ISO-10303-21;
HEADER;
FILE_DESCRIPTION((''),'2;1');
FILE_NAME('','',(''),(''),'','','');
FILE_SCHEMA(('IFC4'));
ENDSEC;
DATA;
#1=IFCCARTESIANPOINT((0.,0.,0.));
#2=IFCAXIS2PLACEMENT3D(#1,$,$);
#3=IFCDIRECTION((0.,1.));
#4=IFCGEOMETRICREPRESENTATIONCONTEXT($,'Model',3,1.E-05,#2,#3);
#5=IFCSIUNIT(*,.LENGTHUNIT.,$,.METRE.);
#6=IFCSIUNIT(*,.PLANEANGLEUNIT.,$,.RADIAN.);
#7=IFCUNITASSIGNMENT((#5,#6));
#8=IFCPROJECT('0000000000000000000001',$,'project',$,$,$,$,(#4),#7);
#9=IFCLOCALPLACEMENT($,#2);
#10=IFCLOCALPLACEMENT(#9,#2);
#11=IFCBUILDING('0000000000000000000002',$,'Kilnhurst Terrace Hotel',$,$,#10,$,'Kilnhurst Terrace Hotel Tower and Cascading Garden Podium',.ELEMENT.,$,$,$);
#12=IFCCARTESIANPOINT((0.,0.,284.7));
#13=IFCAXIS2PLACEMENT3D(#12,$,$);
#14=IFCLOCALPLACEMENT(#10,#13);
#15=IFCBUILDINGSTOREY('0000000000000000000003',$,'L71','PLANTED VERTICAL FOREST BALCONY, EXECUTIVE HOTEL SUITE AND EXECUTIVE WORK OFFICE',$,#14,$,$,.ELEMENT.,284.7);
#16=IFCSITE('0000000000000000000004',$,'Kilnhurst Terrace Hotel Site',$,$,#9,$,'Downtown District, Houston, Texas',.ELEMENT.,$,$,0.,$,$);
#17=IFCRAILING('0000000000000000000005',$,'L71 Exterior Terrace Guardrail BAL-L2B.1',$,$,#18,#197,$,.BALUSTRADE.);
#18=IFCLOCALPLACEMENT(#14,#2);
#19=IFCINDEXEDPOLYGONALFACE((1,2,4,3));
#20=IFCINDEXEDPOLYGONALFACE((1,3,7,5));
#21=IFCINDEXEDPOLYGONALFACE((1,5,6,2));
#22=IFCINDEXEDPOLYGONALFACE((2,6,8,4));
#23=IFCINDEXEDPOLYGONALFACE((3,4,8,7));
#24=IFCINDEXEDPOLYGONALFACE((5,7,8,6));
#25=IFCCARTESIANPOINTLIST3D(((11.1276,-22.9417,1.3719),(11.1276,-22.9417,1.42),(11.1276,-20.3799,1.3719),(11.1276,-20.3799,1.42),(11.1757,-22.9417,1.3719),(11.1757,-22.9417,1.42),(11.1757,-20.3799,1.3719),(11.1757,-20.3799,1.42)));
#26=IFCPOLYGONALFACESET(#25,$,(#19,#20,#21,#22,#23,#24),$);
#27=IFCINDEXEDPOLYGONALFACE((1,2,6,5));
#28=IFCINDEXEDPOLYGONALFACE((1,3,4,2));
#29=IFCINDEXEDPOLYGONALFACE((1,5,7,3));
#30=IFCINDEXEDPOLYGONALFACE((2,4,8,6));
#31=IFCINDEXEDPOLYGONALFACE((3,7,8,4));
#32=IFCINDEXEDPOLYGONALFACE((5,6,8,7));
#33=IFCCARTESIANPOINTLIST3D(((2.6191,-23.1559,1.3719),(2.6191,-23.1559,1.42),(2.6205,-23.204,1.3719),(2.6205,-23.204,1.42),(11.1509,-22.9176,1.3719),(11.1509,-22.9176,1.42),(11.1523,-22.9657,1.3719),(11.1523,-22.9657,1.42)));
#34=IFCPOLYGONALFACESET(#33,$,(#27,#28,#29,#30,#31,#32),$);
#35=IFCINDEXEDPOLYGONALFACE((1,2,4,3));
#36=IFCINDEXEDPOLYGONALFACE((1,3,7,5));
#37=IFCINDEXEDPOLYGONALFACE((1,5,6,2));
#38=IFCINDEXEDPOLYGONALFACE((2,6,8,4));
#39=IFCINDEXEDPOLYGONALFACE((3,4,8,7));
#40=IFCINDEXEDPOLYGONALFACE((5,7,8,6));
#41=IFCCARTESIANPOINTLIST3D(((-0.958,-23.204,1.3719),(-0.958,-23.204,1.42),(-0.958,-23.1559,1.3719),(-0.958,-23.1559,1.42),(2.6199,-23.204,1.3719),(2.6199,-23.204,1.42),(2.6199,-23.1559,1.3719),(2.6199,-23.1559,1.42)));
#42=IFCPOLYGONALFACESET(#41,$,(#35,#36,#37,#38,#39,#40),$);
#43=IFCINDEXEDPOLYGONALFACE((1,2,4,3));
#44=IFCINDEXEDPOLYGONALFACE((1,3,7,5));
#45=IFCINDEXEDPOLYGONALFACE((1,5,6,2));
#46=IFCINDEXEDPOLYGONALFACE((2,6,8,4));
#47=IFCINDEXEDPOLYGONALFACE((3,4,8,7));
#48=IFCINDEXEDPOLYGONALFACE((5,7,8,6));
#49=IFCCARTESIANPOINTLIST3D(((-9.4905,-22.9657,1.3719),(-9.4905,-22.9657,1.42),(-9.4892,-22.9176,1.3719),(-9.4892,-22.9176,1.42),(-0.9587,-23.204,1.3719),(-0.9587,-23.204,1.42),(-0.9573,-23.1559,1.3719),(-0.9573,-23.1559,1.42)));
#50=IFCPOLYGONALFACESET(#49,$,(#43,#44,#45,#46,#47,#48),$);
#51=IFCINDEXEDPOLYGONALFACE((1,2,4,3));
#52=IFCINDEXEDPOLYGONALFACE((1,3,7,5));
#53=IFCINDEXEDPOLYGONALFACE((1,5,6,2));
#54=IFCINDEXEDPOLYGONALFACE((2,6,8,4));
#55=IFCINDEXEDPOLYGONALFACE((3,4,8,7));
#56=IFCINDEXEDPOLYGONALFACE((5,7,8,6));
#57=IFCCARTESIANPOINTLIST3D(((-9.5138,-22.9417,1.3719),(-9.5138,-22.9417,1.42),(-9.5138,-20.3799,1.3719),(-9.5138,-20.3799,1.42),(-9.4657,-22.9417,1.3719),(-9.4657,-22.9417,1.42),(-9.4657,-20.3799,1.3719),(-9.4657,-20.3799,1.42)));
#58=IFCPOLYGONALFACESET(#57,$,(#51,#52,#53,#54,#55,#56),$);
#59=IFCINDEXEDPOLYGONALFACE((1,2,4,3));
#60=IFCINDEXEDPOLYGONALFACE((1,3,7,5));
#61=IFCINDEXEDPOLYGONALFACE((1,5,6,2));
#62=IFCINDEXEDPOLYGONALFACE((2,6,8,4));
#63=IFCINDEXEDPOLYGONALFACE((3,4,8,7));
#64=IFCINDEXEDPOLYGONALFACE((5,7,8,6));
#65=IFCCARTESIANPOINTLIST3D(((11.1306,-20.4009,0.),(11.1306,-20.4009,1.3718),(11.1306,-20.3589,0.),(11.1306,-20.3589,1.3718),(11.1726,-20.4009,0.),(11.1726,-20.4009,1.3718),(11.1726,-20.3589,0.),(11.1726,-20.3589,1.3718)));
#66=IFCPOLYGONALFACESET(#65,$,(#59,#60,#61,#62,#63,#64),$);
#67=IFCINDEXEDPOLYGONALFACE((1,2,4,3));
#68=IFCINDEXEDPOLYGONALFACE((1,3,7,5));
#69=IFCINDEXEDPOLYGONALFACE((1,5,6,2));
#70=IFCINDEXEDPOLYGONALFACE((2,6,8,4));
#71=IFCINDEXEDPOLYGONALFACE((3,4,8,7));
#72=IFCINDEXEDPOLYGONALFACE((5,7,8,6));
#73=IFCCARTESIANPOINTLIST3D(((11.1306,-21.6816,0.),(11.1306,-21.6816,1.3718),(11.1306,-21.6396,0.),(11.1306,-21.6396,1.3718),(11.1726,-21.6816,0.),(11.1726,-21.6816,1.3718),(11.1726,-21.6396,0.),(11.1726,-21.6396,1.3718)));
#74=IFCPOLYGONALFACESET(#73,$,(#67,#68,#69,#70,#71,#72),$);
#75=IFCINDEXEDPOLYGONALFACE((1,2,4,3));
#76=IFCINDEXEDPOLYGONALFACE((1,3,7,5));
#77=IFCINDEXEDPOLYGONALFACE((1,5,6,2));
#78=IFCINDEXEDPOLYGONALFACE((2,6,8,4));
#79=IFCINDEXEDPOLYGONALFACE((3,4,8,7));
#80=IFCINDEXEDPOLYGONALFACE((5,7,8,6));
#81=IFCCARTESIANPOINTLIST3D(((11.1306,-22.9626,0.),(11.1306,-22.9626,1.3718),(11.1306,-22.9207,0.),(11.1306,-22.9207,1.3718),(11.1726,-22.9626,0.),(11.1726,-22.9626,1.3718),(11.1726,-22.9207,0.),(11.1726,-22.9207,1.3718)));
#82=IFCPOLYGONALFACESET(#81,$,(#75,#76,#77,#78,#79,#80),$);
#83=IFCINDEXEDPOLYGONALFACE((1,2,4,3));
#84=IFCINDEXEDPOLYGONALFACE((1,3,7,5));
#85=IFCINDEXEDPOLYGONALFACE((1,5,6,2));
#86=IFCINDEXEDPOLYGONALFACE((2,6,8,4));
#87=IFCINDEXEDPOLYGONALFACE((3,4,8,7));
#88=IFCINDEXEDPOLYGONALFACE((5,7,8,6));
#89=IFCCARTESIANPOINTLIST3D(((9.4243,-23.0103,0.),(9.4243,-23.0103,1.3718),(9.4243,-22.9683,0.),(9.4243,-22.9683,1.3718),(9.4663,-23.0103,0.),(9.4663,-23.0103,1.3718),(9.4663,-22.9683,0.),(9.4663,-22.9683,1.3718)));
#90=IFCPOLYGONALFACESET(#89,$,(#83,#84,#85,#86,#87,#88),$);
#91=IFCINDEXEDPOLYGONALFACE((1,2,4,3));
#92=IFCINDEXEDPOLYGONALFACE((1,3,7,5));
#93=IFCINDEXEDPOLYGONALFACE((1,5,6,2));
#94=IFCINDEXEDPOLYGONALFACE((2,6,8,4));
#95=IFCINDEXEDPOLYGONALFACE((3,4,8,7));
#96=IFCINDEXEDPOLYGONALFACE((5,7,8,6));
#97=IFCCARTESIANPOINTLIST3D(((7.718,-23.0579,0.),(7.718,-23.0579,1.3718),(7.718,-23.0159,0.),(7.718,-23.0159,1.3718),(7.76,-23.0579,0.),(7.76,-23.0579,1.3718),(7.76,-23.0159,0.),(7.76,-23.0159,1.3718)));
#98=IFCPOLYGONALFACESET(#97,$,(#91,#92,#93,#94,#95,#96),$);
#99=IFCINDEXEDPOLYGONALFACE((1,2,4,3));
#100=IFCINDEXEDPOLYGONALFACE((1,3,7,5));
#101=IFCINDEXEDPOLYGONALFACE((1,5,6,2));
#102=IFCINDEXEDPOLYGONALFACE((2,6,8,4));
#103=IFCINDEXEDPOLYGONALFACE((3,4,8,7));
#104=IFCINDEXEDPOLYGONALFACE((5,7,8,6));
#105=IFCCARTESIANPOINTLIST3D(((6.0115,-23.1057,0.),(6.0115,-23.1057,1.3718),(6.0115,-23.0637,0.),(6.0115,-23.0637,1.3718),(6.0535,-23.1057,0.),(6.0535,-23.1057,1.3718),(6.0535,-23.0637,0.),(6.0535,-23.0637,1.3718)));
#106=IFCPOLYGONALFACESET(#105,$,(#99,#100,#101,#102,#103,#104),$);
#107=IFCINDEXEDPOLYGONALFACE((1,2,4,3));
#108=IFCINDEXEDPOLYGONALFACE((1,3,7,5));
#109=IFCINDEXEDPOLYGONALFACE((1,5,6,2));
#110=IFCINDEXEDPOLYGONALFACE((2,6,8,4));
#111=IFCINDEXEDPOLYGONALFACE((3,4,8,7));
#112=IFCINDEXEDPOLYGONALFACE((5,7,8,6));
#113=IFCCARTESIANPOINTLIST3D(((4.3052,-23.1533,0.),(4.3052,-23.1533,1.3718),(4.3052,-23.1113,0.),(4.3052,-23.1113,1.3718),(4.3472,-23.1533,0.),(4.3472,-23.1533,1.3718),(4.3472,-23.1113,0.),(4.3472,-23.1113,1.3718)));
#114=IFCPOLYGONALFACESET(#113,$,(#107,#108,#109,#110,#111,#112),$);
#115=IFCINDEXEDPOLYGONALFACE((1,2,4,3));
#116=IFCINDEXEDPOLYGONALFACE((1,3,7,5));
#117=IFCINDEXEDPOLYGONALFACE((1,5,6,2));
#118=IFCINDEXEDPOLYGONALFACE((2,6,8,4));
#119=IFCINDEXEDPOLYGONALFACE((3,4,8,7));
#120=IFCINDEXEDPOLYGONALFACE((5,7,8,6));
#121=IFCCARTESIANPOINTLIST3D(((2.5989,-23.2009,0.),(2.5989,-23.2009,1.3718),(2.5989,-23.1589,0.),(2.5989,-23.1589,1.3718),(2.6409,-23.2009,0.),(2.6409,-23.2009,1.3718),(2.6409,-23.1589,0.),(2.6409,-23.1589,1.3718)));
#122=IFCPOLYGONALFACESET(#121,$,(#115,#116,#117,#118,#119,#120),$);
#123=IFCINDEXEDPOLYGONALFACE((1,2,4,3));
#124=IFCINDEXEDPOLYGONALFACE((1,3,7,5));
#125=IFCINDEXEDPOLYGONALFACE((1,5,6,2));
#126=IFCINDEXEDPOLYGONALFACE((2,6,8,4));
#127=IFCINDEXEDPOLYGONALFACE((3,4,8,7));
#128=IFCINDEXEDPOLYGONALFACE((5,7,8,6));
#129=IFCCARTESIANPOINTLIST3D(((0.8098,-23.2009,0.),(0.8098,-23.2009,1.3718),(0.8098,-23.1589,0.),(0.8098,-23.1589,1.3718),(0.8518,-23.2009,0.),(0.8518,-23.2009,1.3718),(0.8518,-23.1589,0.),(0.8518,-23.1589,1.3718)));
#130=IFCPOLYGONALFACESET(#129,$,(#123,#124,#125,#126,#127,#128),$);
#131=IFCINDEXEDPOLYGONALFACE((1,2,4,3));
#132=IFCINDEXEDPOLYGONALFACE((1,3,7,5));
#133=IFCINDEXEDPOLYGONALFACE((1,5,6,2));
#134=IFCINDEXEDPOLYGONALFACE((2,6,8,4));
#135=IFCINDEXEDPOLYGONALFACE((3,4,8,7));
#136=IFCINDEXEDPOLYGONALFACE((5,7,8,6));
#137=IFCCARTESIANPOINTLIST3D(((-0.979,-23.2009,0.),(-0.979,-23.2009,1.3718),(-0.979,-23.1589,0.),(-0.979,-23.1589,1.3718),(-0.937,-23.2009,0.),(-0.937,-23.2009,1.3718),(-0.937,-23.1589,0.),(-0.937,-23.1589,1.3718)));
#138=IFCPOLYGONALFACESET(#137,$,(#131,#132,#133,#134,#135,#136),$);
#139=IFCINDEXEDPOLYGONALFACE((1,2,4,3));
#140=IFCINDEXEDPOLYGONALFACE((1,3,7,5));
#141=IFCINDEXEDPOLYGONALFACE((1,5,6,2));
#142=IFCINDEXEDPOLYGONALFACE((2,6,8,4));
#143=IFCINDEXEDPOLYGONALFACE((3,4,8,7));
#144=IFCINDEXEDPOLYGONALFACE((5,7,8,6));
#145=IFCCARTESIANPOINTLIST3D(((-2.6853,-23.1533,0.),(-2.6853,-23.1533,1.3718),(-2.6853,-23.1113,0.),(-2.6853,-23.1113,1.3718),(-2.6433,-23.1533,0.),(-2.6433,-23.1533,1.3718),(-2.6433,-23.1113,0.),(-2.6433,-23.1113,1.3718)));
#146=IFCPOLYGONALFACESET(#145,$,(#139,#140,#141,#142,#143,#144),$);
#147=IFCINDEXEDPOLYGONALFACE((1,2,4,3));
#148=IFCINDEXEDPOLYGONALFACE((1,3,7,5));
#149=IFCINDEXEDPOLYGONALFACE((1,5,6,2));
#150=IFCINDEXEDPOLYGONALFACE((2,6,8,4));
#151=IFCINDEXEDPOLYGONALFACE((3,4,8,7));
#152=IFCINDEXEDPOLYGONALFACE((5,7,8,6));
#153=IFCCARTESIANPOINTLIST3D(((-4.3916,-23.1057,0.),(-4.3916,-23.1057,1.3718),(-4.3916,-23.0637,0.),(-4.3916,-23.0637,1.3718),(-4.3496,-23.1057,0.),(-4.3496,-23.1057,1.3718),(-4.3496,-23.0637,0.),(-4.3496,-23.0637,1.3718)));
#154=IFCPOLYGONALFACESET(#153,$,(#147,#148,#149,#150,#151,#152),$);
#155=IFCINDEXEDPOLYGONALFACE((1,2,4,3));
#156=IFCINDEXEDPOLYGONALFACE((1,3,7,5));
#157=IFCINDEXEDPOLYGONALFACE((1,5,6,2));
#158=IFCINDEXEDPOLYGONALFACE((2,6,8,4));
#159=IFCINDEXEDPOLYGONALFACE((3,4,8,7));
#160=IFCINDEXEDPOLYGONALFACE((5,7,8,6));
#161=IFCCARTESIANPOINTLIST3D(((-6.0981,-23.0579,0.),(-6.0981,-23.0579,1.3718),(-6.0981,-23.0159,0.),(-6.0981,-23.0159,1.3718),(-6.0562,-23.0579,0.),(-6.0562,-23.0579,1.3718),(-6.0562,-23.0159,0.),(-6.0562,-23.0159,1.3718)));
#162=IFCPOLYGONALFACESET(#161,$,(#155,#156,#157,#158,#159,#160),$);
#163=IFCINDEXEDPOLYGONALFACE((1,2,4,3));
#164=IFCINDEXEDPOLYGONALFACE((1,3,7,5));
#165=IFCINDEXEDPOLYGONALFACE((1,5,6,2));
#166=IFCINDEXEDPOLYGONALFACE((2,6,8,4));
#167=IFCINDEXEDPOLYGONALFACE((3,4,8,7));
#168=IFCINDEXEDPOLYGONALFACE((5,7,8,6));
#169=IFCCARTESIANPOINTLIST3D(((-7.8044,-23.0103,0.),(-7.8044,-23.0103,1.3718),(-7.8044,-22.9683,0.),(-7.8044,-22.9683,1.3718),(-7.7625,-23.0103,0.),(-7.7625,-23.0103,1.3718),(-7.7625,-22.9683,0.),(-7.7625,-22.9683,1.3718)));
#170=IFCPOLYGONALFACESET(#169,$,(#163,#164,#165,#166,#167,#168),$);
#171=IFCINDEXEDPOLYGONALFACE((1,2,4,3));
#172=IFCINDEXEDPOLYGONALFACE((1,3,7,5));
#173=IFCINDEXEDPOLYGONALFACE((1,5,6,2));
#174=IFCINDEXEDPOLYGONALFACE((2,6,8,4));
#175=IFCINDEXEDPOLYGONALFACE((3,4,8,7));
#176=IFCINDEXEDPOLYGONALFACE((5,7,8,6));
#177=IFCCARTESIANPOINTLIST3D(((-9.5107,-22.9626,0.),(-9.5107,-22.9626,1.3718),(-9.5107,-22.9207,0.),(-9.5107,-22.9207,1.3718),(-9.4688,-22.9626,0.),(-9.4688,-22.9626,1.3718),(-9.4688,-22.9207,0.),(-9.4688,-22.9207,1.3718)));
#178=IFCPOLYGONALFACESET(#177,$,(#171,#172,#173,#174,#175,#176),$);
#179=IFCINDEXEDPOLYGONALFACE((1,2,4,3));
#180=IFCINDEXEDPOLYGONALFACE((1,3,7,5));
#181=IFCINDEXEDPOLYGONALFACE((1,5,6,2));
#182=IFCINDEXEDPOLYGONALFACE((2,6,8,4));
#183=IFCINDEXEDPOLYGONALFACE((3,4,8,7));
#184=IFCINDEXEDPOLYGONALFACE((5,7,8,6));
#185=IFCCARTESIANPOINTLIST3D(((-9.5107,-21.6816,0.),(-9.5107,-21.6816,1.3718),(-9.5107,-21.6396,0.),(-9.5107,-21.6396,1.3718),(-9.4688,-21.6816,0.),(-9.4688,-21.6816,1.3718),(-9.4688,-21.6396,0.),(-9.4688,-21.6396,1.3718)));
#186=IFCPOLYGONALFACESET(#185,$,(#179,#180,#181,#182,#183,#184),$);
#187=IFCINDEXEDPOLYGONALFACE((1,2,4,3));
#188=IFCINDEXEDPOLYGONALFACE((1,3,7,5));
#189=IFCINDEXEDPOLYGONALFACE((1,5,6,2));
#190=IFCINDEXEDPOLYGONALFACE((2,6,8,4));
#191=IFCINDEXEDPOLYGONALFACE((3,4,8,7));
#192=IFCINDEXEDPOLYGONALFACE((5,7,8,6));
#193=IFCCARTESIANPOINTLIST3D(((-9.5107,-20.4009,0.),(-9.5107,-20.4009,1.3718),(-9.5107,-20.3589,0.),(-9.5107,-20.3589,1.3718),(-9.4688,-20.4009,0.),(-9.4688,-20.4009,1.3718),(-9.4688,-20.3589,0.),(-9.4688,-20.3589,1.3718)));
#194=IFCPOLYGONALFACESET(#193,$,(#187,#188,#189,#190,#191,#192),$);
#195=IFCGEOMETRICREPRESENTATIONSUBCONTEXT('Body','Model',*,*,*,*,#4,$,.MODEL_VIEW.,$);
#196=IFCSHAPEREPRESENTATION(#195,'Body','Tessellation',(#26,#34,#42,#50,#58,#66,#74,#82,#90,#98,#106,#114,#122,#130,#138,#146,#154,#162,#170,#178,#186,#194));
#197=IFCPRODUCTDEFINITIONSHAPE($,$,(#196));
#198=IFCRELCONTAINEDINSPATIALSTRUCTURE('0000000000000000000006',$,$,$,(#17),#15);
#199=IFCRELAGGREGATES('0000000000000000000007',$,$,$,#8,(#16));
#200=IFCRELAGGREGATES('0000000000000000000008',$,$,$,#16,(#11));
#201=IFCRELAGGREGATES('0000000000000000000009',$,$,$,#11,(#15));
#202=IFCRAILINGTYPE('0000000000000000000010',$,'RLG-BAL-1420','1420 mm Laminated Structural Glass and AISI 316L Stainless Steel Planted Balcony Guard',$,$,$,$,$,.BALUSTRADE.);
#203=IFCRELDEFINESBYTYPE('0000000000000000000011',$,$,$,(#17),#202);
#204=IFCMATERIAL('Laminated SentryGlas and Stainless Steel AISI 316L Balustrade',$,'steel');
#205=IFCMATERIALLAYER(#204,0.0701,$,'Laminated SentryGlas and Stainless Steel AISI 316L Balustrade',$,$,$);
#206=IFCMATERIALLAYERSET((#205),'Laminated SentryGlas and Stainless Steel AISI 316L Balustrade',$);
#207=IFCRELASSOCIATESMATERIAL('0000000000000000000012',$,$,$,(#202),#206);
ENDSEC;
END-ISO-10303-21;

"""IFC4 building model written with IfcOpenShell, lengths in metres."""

from ifc_helpers import new_model, si_unit, direction, frame, origin, origin_2d, place, context, subcontext, project, spatial, rectangle, extrude, material, layer, layer_set, type_object, element, save


model = new_model("IFC4")

# Units and contexts
model_context = context("Model", 3, precision=1e-05, world=origin(), true_north=direction((0.0, 1.0)))
body_context = subcontext(model_context, "Body", "Model", "MODEL_VIEW")
ifc_project = project(units=[si_unit("LENGTHUNIT", "METRE"), si_unit("PLANEANGLEUNIT", "RADIAN")], contexts=[model_context])

# Site, building, storey
site_placement = place(None, origin())
site = spatial("IfcSite", under=ifc_project, at=site_placement, Name="Kilnhurst Terrace Hotel Site", LongName="Downtown District, Houston, Texas", CompositionType="ELEMENT", RefElevation=0.0)
building_placement = place(site_placement, origin())
building = spatial("IfcBuilding", under=site, at=building_placement, Name="Kilnhurst Terrace Hotel", LongName="Kilnhurst Terrace Hotel Tower and Cascading Garden Podium", CompositionType="ELEMENT")
storey_placement = place(building_placement, frame((0.0, 0.0, 284.7)))
storey = spatial("IfcBuildingStorey", under=building, at=storey_placement, Name="L71", Description="PLANTED VERTICAL FOREST BALCONY, EXECUTIVE HOTEL SUITE AND EXECUTIVE WORK OFFICE", CompositionType="ELEMENT", Elevation=284.7)

# Railing
ifc_material_1 = material(Name="Laminated SentryGlas and Stainless Steel AISI 316L Balustrade", Category="steel")
ifc_layer_1 = layer(ifc_material_1, 0.0701, Name="Laminated SentryGlas and Stainless Steel AISI 316L Balustrade")
ifc_layer_set_1 = layer_set([ifc_layer_1], Name="Laminated SentryGlas and Stainless Steel AISI 316L Balustrade")
railing_type = type_object("IfcRailingType", Name="RLG-BAL-1420", Description="1420 mm Laminated Structural Glass and AISI 316L Stainless Steel Planted Balcony Guard", PredefinedType="BALUSTRADE", material=ifc_layer_set_1)
railing_placement = place(storey_placement, frame((11.1516, -20.3799, 0.0)))
element("IfcRailing", 1, at=railing_placement, inside=storey, type_object=railing_type, Name="L71 Exterior Terrace Guardrail BAL-L2B.1", PredefinedType="BALUSTRADE", context=body_context, shape_type="SweptSolid", body=[
    extrude(rectangle(XDim=0.0481, YDim=0.0481, at=origin_2d()), frame((0.0, 0.0, 1.396), z_axis=(0.0, -1.0, 0.0), x_axis=(1.0, 0.0, 0.0)), (0.0, 0.0, 1.0), 2.5618),
    extrude(rectangle(XDim=0.0481, YDim=0.0481, at=origin_2d()), frame((0.0, -2.5618, 1.396), z_axis=(-0.99961, -0.027918, 0.0), x_axis=(0.027918, -0.99961, 0.0)), (0.0, 0.0, 1.0), 8.5352),
    extrude(rectangle(XDim=0.0481, YDim=0.0481, at=origin_2d()), frame((-8.5317, -2.8, 1.396), z_axis=(-1.0, 0.0, 0.0), x_axis=(0.0, -1.0, 0.0)), (0.0, 0.0, 1.0), 3.5779),
    extrude(rectangle(XDim=0.0481, YDim=0.0481, at=origin_2d()), frame((-12.1096, -2.8, 1.396), z_axis=(-0.99961, 0.027918, 0.0), x_axis=(-0.027918, -0.99961, 0.0)), (0.0, 0.0, 1.0), 8.5352),
    extrude(rectangle(XDim=0.0481, YDim=0.0481, at=origin_2d()), frame((-20.6414, -2.5618, 1.396), z_axis=(0.0, 1.0, 0.0), x_axis=(-1.0, 0.0, 0.0)), (0.0, 0.0, 1.0), 2.5618),
    extrude(rectangle(XDim=0.042, YDim=0.042, at=origin_2d()), origin(), (0.0, 0.0, 1.0), 1.3718),
    extrude(rectangle(XDim=0.042, YDim=0.042, at=origin_2d()), frame((0.0, -1.2808, 0.0)), (0.0, 0.0, 1.0), 1.3718),
    extrude(rectangle(XDim=0.042, YDim=0.042, at=origin_2d()), frame((0.0, -2.5618, 0.0)), (0.0, 0.0, 1.0), 1.3718),
    extrude(rectangle(XDim=0.042, YDim=0.042, at=origin_2d()), frame((-1.7063, -2.6094, 0.0)), (0.0, 0.0, 1.0), 1.3718),
    extrude(rectangle(XDim=0.042, YDim=0.042, at=origin_2d()), frame((-3.4126, -2.657, 0.0)), (0.0, 0.0, 1.0), 1.3718),
    extrude(rectangle(XDim=0.042, YDim=0.042, at=origin_2d()), frame((-5.1191, -2.7048, 0.0)), (0.0, 0.0, 1.0), 1.3718),
    extrude(rectangle(XDim=0.042, YDim=0.042, at=origin_2d()), frame((-6.8254, -2.7524, 0.0)), (0.0, 0.0, 1.0), 1.3718),
    extrude(rectangle(XDim=0.042, YDim=0.042, at=origin_2d()), frame((-8.5317, -2.8, 0.0)), (0.0, 0.0, 1.0), 1.3718),
    extrude(rectangle(XDim=0.042, YDim=0.042, at=origin_2d()), frame((-10.3208, -2.8, 0.0)), (0.0, 0.0, 1.0), 1.3718),
    extrude(rectangle(XDim=0.042, YDim=0.042, at=origin_2d()), frame((-12.1096, -2.8, 0.0)), (0.0, 0.0, 1.0), 1.3718),
    extrude(rectangle(XDim=0.042, YDim=0.042, at=origin_2d()), frame((-13.8159, -2.7524, 0.0)), (0.0, 0.0, 1.0), 1.3718),
    extrude(rectangle(XDim=0.042, YDim=0.042, at=origin_2d()), frame((-15.5222, -2.7048, 0.0)), (0.0, 0.0, 1.0), 1.3718),
    extrude(rectangle(XDim=0.042, YDim=0.042, at=origin_2d()), frame((-17.2288, -2.657, 0.0)), (0.0, 0.0, 1.0), 1.3718),
    extrude(rectangle(XDim=0.042, YDim=0.042, at=origin_2d()), frame((-18.9351, -2.6094, 0.0)), (0.0, 0.0, 1.0), 1.3718),
    extrude(rectangle(XDim=0.042, YDim=0.042, at=origin_2d()), frame((-20.6414, -2.5618, 0.0)), (0.0, 0.0, 1.0), 1.3718),
    extrude(rectangle(XDim=0.042, YDim=0.042, at=origin_2d()), frame((-20.6414, -1.2808, 0.0)), (0.0, 0.0, 1.0), 1.3718),
    extrude(rectangle(XDim=0.042, YDim=0.042, at=origin_2d()), frame((-20.6414, 0.0, 0.0)), (0.0, 0.0, 1.0), 1.3718),
])

save(model, "model.ifc")
